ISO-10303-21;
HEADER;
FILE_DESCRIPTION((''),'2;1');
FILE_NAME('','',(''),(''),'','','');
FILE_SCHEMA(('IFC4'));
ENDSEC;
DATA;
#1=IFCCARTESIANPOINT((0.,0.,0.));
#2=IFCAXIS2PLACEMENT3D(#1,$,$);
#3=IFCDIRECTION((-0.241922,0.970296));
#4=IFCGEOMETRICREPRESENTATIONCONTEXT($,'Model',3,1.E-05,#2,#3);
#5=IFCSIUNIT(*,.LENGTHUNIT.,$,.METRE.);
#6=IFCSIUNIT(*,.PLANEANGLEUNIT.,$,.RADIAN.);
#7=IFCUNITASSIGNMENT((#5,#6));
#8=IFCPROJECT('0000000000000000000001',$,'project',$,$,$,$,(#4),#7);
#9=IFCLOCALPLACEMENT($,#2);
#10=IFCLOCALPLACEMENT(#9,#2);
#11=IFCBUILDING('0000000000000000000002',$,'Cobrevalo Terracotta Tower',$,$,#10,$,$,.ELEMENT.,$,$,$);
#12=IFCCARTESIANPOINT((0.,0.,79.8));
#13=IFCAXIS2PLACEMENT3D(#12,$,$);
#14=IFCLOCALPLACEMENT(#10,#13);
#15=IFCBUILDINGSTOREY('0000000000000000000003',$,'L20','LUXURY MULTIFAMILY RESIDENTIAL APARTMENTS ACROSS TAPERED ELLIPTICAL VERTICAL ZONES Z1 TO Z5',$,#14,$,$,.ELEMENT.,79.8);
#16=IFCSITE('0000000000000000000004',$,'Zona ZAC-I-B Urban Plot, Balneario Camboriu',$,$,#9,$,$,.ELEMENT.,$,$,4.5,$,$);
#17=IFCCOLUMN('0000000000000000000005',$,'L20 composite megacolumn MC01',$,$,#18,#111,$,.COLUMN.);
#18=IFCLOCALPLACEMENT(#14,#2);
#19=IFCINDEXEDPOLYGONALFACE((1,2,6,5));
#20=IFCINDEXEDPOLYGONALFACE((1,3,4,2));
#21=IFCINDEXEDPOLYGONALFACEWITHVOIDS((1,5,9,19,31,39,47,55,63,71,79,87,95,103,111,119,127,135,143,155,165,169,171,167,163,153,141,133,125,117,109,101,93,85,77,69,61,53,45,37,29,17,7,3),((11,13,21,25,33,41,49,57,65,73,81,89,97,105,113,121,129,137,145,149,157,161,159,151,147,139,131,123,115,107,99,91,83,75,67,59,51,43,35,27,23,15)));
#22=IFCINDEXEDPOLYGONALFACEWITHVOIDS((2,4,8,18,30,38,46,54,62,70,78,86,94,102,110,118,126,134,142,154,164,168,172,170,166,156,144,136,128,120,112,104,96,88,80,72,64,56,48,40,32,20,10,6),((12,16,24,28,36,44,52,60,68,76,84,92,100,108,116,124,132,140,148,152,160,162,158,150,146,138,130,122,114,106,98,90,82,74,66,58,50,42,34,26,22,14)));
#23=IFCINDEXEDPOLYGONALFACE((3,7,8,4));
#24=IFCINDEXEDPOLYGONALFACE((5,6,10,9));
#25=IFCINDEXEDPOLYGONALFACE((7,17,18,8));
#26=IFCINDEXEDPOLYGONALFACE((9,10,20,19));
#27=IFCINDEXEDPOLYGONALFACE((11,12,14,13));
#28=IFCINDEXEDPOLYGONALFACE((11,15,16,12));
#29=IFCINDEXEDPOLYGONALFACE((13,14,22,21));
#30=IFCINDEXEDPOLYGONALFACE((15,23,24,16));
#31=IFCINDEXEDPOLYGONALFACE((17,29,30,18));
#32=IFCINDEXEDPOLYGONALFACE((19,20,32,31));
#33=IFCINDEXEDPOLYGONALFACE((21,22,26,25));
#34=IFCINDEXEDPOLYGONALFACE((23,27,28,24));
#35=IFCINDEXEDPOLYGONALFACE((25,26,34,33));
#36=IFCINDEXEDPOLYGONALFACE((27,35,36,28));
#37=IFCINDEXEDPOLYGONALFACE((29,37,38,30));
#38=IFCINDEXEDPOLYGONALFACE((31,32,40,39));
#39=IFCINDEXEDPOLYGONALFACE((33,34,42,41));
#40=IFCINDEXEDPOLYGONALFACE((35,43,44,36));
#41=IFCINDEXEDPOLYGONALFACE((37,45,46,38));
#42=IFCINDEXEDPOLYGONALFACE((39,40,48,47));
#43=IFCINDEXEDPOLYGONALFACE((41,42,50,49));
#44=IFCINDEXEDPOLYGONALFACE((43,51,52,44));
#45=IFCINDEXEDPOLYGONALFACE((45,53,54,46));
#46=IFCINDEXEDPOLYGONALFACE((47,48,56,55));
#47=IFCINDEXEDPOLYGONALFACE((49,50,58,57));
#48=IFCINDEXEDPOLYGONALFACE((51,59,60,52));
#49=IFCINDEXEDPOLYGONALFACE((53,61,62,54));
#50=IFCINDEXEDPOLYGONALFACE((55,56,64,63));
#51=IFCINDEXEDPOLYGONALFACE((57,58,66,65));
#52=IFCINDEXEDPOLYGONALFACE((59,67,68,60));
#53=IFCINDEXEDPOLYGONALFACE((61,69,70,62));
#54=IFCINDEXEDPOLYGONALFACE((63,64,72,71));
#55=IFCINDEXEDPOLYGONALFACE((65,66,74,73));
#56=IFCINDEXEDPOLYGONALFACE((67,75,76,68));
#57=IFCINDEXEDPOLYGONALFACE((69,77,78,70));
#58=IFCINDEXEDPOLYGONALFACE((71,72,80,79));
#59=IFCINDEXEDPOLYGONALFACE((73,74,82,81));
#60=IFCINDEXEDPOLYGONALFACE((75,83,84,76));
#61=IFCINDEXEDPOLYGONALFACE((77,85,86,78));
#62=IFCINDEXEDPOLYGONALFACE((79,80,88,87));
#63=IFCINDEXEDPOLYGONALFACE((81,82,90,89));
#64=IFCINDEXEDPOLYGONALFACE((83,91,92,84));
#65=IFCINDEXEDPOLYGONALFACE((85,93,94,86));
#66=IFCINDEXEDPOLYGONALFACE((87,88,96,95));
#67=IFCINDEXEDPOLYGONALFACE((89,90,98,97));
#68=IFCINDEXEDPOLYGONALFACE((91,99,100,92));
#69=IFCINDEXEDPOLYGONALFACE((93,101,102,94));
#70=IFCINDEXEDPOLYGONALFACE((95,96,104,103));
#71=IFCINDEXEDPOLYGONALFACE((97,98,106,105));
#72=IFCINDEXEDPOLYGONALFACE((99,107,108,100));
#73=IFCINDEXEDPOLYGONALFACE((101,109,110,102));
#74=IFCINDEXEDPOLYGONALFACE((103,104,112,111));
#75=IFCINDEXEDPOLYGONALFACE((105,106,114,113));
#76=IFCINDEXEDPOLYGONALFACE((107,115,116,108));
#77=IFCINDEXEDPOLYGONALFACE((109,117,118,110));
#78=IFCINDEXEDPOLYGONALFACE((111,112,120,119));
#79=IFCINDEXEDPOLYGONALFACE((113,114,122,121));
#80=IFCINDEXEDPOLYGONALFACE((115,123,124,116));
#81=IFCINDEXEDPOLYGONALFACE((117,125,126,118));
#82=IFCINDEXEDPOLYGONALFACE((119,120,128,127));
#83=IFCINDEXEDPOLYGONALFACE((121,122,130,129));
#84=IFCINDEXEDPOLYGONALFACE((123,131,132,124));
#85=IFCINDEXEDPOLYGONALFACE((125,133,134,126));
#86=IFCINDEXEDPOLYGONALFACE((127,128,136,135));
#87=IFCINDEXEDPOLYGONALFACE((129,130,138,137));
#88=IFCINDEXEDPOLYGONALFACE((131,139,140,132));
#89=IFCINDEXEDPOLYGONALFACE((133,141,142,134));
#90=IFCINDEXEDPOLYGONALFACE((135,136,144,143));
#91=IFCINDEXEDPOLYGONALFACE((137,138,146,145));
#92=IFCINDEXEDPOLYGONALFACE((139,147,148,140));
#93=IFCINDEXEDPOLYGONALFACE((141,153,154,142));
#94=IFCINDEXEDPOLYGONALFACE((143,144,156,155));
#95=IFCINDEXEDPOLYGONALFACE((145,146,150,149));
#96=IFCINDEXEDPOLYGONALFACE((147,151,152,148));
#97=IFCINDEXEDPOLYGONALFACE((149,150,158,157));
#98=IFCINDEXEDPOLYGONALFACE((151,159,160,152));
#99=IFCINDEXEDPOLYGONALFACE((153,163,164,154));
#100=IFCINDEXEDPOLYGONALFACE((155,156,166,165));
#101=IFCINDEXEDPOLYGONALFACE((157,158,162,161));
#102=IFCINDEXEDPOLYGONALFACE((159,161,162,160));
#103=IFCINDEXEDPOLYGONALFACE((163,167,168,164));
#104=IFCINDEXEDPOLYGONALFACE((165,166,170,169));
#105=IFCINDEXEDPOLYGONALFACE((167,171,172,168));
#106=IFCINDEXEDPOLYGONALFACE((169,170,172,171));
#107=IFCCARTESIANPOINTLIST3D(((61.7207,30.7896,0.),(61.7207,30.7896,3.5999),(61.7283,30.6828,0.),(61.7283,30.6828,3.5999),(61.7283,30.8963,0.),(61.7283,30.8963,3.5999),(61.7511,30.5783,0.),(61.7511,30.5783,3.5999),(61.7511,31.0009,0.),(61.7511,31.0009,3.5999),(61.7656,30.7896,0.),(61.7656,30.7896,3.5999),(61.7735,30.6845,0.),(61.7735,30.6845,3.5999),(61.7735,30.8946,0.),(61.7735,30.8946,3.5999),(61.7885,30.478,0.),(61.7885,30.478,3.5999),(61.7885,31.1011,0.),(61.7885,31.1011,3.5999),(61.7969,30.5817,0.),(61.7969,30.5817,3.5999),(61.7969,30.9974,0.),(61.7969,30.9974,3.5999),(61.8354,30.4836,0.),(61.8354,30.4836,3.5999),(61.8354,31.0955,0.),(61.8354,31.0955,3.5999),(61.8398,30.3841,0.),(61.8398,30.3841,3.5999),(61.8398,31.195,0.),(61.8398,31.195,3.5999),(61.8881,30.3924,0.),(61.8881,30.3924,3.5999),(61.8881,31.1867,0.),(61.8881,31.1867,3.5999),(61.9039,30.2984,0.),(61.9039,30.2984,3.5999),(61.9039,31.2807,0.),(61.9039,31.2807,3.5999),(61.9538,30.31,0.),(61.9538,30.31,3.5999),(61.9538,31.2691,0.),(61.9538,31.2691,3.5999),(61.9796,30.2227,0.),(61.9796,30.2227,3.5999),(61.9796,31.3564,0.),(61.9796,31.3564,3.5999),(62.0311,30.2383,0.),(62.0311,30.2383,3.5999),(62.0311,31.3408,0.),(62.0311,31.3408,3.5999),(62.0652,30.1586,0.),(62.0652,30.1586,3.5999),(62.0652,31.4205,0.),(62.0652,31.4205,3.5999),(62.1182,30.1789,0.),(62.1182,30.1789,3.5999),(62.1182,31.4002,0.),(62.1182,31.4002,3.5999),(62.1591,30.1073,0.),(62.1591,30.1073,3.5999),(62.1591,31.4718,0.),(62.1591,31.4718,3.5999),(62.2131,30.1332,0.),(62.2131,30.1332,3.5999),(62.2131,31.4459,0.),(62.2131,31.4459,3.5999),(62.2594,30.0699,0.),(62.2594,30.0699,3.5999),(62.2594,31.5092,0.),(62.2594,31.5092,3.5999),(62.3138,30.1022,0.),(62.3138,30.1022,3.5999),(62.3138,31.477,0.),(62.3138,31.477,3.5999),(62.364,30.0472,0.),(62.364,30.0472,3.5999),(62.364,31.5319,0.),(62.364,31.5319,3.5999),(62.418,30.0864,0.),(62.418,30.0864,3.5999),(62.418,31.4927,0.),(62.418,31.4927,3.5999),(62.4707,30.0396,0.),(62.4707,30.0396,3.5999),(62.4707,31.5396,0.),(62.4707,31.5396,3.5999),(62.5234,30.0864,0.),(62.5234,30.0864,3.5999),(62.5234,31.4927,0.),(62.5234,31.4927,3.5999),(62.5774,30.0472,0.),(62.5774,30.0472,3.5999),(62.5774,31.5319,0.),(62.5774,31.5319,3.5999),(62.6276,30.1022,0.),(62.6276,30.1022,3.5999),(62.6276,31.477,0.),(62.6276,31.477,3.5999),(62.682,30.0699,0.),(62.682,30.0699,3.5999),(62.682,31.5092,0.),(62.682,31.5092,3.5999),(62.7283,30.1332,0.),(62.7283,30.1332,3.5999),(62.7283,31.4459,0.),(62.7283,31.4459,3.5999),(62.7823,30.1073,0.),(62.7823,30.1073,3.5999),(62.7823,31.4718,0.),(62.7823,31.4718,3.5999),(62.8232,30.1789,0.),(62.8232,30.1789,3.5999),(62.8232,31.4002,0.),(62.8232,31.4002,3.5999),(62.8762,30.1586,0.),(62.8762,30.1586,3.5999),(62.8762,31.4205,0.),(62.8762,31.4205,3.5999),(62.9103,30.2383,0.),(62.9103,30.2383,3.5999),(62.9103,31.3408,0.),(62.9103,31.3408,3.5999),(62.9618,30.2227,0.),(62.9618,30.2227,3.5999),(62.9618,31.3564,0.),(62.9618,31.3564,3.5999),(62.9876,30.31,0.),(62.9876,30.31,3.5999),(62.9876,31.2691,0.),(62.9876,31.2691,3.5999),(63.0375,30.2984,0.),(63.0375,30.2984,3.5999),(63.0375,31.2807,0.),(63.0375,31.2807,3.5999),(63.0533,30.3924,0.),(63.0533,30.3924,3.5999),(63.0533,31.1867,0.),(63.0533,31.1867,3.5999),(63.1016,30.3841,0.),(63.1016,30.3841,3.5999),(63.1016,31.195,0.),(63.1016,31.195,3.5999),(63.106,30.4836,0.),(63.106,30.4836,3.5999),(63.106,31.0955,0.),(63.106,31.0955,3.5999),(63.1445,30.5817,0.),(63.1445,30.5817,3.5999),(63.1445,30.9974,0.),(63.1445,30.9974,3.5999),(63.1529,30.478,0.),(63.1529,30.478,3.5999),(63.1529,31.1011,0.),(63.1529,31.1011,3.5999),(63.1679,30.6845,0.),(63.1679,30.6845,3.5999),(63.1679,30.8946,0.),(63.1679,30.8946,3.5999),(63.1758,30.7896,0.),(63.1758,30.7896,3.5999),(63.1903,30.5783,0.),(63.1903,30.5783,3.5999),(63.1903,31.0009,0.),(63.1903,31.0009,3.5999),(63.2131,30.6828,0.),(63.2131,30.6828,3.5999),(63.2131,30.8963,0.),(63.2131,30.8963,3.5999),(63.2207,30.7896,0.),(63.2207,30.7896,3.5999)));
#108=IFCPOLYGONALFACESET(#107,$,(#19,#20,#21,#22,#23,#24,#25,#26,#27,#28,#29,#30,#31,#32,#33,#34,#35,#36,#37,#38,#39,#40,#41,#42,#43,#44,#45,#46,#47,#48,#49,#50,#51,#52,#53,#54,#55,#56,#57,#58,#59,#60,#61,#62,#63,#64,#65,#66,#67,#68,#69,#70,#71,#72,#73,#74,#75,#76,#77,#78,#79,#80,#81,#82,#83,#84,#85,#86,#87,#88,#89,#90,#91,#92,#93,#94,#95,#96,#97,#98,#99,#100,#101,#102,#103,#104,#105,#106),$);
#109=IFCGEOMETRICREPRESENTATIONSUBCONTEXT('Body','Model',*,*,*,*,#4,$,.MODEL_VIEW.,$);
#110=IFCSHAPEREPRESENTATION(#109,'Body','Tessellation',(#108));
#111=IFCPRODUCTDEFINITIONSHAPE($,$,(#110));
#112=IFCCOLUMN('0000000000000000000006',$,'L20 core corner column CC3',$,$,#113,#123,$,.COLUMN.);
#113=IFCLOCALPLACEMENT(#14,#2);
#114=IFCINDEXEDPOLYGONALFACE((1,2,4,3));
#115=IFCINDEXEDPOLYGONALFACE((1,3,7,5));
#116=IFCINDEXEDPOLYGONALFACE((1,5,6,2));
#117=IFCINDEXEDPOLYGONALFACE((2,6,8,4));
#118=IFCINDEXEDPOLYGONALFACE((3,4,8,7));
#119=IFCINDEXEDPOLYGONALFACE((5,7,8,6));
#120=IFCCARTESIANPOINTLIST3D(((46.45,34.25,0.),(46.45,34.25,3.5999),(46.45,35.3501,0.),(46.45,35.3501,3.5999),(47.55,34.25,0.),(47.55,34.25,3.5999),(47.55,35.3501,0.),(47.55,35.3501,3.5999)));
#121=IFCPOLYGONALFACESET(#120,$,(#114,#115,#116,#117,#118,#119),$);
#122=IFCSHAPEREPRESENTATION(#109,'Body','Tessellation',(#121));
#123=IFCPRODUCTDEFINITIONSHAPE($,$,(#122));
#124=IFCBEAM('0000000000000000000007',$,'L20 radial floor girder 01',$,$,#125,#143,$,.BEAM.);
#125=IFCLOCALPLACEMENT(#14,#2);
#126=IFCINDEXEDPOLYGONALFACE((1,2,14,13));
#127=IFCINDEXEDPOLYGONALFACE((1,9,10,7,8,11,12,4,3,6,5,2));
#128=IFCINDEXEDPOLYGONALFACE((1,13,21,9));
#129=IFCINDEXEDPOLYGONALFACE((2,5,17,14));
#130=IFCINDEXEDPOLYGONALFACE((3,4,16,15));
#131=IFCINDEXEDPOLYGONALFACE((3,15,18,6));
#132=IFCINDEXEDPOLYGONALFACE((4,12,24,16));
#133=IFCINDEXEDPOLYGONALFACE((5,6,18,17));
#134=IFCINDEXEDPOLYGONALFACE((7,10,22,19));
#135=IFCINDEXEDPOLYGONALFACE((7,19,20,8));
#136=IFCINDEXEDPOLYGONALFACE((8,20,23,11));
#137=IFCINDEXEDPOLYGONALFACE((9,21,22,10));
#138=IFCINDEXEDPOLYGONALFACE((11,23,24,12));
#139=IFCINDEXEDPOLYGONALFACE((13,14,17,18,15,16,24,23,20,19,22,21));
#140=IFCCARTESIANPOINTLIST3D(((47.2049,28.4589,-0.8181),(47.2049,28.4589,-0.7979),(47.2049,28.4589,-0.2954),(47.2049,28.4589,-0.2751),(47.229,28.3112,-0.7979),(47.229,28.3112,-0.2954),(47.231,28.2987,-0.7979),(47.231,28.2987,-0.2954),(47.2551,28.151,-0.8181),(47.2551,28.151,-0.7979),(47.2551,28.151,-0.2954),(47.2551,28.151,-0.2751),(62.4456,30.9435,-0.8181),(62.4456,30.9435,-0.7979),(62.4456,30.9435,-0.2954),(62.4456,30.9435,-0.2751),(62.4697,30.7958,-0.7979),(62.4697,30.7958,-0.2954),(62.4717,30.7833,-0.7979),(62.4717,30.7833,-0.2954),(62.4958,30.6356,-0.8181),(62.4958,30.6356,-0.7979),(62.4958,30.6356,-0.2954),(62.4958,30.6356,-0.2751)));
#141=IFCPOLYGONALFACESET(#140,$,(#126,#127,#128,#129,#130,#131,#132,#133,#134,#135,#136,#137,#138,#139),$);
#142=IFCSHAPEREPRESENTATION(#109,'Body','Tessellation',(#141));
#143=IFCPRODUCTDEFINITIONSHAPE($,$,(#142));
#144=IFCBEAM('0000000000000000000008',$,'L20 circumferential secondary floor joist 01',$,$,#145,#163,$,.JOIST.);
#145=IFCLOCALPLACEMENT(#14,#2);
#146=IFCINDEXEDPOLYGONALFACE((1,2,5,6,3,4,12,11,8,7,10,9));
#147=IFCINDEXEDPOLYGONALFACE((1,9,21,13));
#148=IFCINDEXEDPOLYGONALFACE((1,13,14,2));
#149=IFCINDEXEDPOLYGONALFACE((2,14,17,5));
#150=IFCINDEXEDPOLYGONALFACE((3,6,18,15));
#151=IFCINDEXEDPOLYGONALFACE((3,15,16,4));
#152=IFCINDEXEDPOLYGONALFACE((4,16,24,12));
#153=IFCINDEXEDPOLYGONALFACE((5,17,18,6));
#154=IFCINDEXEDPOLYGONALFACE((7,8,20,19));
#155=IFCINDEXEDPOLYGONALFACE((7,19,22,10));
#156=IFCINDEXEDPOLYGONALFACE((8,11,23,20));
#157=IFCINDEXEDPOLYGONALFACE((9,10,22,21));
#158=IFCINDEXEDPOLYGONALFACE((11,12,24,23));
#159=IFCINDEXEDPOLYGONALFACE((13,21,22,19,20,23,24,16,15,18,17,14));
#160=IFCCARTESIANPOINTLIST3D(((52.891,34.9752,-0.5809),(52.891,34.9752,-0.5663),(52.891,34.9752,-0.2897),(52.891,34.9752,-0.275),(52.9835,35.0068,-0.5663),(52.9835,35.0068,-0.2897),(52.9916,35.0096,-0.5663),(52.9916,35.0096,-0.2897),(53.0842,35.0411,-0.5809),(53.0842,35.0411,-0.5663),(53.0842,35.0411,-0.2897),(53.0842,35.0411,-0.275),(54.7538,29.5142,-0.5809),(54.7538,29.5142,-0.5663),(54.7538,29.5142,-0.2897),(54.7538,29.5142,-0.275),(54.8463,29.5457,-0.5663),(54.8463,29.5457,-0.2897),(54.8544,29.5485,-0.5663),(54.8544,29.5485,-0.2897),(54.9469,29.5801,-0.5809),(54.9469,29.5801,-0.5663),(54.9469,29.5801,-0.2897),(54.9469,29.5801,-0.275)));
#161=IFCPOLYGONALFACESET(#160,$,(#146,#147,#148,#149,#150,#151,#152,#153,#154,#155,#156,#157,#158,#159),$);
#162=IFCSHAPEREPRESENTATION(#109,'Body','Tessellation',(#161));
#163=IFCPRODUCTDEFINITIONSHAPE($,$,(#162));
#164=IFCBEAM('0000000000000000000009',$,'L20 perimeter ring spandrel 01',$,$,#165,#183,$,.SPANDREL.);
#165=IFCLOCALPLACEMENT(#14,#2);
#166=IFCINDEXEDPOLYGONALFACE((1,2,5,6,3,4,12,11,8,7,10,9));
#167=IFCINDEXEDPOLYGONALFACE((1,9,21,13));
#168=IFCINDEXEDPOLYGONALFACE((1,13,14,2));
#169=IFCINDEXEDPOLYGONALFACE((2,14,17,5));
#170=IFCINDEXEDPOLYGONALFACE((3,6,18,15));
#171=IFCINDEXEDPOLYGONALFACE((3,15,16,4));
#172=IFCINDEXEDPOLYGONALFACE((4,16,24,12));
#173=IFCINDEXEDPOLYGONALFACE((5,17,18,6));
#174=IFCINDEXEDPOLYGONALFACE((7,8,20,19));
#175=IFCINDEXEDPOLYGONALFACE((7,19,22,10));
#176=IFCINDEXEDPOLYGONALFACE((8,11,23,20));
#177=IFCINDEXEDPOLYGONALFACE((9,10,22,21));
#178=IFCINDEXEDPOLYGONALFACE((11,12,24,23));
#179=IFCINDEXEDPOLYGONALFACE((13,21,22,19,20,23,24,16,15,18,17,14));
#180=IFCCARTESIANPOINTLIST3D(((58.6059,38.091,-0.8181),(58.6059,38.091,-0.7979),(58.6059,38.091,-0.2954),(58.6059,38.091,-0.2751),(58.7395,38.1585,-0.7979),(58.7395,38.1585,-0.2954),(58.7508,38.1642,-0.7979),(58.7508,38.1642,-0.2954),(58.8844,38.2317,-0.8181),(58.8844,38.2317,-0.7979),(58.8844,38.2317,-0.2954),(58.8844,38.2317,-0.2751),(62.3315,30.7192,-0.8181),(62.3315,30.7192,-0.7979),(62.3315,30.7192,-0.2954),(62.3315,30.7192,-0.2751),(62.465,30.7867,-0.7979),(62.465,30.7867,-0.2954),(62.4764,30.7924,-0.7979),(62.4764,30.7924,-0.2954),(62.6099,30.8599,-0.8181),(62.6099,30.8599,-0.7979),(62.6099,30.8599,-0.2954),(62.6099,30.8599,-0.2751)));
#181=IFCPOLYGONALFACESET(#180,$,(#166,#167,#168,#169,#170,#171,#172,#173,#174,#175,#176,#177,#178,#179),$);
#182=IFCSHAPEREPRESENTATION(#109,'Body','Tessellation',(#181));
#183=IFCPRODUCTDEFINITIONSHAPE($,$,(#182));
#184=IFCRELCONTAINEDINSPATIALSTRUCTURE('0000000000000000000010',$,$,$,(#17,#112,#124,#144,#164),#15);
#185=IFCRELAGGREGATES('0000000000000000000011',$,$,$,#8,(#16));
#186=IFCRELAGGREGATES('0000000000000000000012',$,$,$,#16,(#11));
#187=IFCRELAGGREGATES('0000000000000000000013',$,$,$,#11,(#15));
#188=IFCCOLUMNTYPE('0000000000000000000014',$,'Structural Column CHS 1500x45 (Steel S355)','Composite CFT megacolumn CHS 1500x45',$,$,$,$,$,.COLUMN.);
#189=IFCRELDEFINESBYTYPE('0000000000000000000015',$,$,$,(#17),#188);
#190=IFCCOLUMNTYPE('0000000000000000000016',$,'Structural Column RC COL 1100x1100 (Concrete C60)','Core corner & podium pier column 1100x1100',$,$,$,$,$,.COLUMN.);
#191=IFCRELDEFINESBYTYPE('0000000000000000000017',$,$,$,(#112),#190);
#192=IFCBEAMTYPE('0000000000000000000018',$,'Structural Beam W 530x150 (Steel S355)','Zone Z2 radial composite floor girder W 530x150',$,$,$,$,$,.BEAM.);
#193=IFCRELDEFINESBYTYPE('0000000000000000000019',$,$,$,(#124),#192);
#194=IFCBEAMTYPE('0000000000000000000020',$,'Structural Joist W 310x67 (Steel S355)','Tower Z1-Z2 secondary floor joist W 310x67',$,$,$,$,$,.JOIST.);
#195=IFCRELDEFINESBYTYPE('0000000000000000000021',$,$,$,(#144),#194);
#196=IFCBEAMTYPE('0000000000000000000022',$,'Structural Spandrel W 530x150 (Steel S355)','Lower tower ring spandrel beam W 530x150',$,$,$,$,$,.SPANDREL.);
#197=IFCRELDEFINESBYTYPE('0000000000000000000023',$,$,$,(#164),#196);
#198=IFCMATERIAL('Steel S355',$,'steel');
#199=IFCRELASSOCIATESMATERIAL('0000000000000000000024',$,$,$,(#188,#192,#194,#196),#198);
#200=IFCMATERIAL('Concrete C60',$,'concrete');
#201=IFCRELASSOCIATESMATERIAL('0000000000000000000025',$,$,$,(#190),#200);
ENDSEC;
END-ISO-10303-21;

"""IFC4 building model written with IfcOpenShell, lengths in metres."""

from ifc_helpers import new_model, si_unit, direction, frame, origin, origin_2d, place, context, subcontext, project, spatial, rectangle, hollow_circle, i_section, extrude, material, material_profile, profile_set, type_object, element, save


model = new_model("IFC4")

# Units and contexts
model_context = context("Model", 3, precision=1e-05, world=origin(), true_north=direction((-0.241922, 0.970296)))
body_context = subcontext(model_context, "Body", "Model", "MODEL_VIEW")
ifc_project = project(units=[si_unit("LENGTHUNIT", "METRE"), si_unit("PLANEANGLEUNIT", "RADIAN")], contexts=[model_context])

# Site, building, storey
site_placement = place(None, origin())
site = spatial("IfcSite", under=ifc_project, at=site_placement, Name="Zona ZAC-I-B Urban Plot, Balneario Camboriu", CompositionType="ELEMENT", RefElevation=4.5)
building_placement = place(site_placement, origin())
building = spatial("IfcBuilding", under=site, at=building_placement, Name="Cobrevalo Terracotta Tower", CompositionType="ELEMENT")
storey_placement = place(building_placement, frame((0.0, 0.0, 79.8)))
storey = spatial("IfcBuildingStorey", under=building, at=storey_placement, Name="L20", Description="LUXURY MULTIFAMILY RESIDENTIAL APARTMENTS ACROSS TAPERED ELLIPTICAL VERTICAL ZONES Z1 TO Z5", CompositionType="ELEMENT", Elevation=79.8)

# Columns
ifc_material_1 = material(Name="Steel S355", Category="steel")
ifc_material_profile_1 = material_profile(ifc_material_1, hollow_circle(Radius=0.75, WallThickness=0.0449, at=origin_2d()), Name="CHS 1500x45")
ifc_profile_set_1 = profile_set([ifc_material_profile_1], Name="Steel S355")
column_type_1 = type_object("IfcColumnType", Name="Structural Column CHS 1500x45 (Steel S355)", Description="Composite CFT megacolumn CHS 1500x45", PredefinedType="COLUMN", material=ifc_profile_set_1)
column_1_placement = place(storey_placement, frame((62.4707, 30.7896, 0.0), z_axis=(0.0, 0.0, 1.0), x_axis=(1.0, 0.0, 0.0)))
element("IfcColumn", 1, at=column_1_placement, inside=storey, type_object=column_type_1, Name="L20 composite megacolumn MC01", PredefinedType="COLUMN", context=body_context, shape_type="SweptSolid", body=[
    extrude(hollow_circle(Radius=0.75, WallThickness=0.0449, at=origin_2d()), origin(), (0.0, 0.0, 1.0), 3.5999),
])
ifc_material_2 = material(Name="Concrete C60", Category="concrete")
ifc_material_profile_2 = material_profile(ifc_material_2, rectangle(XDim=1.1001, YDim=1.1001, at=origin_2d()), Name="RC COL 1100x1100")
ifc_profile_set_2 = profile_set([ifc_material_profile_2], Name="Concrete C60")
column_type_2 = type_object("IfcColumnType", Name="Structural Column RC COL 1100x1100 (Concrete C60)", Description="Core corner & podium pier column 1100x1100", PredefinedType="COLUMN", material=ifc_profile_set_2)
column_2_placement = place(storey_placement, frame((47.0, 34.8, 0.0), z_axis=(0.0, 0.0, 1.0), x_axis=(1.0, 0.0, 0.0)))
element("IfcColumn", 2, at=column_2_placement, inside=storey, type_object=column_type_2, Name="L20 core corner column CC3", PredefinedType="COLUMN", context=body_context, shape_type="SweptSolid", body=[
    extrude(rectangle(XDim=1.1001, YDim=1.1001, at=origin_2d()), origin(), (0.0, 0.0, 1.0), 3.5999),
])

# Beams
ifc_material_profile_3 = material_profile(ifc_material_1, i_section(OverallWidth=0.312, OverallDepth=0.543, WebThickness=0.0127, FlangeThickness=0.0203, at=origin_2d()), Name="W 530x150")
ifc_profile_set_3 = profile_set([ifc_material_profile_3], Name="Steel S355")
beam_type_1 = type_object("IfcBeamType", Name="Structural Beam W 530x150 (Steel S355)", Description="Zone Z2 radial composite floor girder W 530x150", PredefinedType="BEAM", material=ifc_profile_set_3)
beam_1_placement = place(storey_placement, frame((62.4707, 30.7896, -0.5466), z_axis=(-0.986971, -0.160901, 0.0), x_axis=(0.160901, -0.986971, 0.0)))
element("IfcBeam", 3, at=beam_1_placement, inside=storey, type_object=beam_type_1, Name="L20 radial floor girder 01", PredefinedType="BEAM", context=body_context, shape_type="SweptSolid", body=[
    extrude(i_section(OverallWidth=0.312, OverallDepth=0.543, WebThickness=0.0127, FlangeThickness=0.0203, at=origin_2d()), origin(), (0.0, 0.0, 1.0), 15.4419),
])
ifc_material_profile_4 = material_profile(ifc_material_1, i_section(OverallWidth=0.2041, OverallDepth=0.3059, WebThickness=0.0085, FlangeThickness=0.0146, at=origin_2d()), Name="W 310x67")
ifc_profile_set_4 = profile_set([ifc_material_profile_4], Name="Steel S355")
beam_type_2 = type_object("IfcBeamType", Name="Structural Joist W 310x67 (Steel S355)", Description="Tower Z1-Z2 secondary floor joist W 310x67", PredefinedType="JOIST", material=ifc_profile_set_4)
beam_2_placement = place(storey_placement, frame((54.8503, 29.5471, -0.428), z_axis=(-0.322833, 0.946456, 0.0), x_axis=(-0.946456, -0.322833, 0.0)))
element("IfcBeam", 4, at=beam_2_placement, inside=storey, type_object=beam_type_2, Name="L20 circumferential secondary floor joist 01", PredefinedType="JOIST", context=body_context, shape_type="SweptSolid", body=[
    extrude(i_section(OverallWidth=0.2041, OverallDepth=0.3059, WebThickness=0.0085, FlangeThickness=0.0146, at=origin_2d()), origin(), (0.0, 0.0, 1.0), 5.77),
])
ifc_material_profile_5 = material_profile(ifc_material_1, i_section(OverallWidth=0.312, OverallDepth=0.543, WebThickness=0.0127, FlangeThickness=0.0203, at=origin_2d()), Name="W 530x150")
ifc_profile_set_5 = profile_set([ifc_material_profile_5], Name="Steel S355")
beam_type_3 = type_object("IfcBeamType", Name="Structural Spandrel W 530x150 (Steel S355)", Description="Lower tower ring spandrel beam W 530x150", PredefinedType="SPANDREL", material=ifc_profile_set_5)
beam_3_placement = place(storey_placement, frame((62.4707, 30.7896, -0.5466), z_axis=(-0.451052, 0.892498, 0.0), x_axis=(-0.892498, -0.451052, 0.0)))
element("IfcBeam", 5, at=beam_3_placement, inside=storey, type_object=beam_type_3, Name="L20 perimeter ring spandrel 01", PredefinedType="SPANDREL", context=body_context, shape_type="SweptSolid", body=[
    extrude(i_section(OverallWidth=0.312, OverallDepth=0.543, WebThickness=0.0127, FlangeThickness=0.0203, at=origin_2d()), origin(), (0.0, 0.0, 1.0), 8.2598),
])

save(model, "model.ifc")
